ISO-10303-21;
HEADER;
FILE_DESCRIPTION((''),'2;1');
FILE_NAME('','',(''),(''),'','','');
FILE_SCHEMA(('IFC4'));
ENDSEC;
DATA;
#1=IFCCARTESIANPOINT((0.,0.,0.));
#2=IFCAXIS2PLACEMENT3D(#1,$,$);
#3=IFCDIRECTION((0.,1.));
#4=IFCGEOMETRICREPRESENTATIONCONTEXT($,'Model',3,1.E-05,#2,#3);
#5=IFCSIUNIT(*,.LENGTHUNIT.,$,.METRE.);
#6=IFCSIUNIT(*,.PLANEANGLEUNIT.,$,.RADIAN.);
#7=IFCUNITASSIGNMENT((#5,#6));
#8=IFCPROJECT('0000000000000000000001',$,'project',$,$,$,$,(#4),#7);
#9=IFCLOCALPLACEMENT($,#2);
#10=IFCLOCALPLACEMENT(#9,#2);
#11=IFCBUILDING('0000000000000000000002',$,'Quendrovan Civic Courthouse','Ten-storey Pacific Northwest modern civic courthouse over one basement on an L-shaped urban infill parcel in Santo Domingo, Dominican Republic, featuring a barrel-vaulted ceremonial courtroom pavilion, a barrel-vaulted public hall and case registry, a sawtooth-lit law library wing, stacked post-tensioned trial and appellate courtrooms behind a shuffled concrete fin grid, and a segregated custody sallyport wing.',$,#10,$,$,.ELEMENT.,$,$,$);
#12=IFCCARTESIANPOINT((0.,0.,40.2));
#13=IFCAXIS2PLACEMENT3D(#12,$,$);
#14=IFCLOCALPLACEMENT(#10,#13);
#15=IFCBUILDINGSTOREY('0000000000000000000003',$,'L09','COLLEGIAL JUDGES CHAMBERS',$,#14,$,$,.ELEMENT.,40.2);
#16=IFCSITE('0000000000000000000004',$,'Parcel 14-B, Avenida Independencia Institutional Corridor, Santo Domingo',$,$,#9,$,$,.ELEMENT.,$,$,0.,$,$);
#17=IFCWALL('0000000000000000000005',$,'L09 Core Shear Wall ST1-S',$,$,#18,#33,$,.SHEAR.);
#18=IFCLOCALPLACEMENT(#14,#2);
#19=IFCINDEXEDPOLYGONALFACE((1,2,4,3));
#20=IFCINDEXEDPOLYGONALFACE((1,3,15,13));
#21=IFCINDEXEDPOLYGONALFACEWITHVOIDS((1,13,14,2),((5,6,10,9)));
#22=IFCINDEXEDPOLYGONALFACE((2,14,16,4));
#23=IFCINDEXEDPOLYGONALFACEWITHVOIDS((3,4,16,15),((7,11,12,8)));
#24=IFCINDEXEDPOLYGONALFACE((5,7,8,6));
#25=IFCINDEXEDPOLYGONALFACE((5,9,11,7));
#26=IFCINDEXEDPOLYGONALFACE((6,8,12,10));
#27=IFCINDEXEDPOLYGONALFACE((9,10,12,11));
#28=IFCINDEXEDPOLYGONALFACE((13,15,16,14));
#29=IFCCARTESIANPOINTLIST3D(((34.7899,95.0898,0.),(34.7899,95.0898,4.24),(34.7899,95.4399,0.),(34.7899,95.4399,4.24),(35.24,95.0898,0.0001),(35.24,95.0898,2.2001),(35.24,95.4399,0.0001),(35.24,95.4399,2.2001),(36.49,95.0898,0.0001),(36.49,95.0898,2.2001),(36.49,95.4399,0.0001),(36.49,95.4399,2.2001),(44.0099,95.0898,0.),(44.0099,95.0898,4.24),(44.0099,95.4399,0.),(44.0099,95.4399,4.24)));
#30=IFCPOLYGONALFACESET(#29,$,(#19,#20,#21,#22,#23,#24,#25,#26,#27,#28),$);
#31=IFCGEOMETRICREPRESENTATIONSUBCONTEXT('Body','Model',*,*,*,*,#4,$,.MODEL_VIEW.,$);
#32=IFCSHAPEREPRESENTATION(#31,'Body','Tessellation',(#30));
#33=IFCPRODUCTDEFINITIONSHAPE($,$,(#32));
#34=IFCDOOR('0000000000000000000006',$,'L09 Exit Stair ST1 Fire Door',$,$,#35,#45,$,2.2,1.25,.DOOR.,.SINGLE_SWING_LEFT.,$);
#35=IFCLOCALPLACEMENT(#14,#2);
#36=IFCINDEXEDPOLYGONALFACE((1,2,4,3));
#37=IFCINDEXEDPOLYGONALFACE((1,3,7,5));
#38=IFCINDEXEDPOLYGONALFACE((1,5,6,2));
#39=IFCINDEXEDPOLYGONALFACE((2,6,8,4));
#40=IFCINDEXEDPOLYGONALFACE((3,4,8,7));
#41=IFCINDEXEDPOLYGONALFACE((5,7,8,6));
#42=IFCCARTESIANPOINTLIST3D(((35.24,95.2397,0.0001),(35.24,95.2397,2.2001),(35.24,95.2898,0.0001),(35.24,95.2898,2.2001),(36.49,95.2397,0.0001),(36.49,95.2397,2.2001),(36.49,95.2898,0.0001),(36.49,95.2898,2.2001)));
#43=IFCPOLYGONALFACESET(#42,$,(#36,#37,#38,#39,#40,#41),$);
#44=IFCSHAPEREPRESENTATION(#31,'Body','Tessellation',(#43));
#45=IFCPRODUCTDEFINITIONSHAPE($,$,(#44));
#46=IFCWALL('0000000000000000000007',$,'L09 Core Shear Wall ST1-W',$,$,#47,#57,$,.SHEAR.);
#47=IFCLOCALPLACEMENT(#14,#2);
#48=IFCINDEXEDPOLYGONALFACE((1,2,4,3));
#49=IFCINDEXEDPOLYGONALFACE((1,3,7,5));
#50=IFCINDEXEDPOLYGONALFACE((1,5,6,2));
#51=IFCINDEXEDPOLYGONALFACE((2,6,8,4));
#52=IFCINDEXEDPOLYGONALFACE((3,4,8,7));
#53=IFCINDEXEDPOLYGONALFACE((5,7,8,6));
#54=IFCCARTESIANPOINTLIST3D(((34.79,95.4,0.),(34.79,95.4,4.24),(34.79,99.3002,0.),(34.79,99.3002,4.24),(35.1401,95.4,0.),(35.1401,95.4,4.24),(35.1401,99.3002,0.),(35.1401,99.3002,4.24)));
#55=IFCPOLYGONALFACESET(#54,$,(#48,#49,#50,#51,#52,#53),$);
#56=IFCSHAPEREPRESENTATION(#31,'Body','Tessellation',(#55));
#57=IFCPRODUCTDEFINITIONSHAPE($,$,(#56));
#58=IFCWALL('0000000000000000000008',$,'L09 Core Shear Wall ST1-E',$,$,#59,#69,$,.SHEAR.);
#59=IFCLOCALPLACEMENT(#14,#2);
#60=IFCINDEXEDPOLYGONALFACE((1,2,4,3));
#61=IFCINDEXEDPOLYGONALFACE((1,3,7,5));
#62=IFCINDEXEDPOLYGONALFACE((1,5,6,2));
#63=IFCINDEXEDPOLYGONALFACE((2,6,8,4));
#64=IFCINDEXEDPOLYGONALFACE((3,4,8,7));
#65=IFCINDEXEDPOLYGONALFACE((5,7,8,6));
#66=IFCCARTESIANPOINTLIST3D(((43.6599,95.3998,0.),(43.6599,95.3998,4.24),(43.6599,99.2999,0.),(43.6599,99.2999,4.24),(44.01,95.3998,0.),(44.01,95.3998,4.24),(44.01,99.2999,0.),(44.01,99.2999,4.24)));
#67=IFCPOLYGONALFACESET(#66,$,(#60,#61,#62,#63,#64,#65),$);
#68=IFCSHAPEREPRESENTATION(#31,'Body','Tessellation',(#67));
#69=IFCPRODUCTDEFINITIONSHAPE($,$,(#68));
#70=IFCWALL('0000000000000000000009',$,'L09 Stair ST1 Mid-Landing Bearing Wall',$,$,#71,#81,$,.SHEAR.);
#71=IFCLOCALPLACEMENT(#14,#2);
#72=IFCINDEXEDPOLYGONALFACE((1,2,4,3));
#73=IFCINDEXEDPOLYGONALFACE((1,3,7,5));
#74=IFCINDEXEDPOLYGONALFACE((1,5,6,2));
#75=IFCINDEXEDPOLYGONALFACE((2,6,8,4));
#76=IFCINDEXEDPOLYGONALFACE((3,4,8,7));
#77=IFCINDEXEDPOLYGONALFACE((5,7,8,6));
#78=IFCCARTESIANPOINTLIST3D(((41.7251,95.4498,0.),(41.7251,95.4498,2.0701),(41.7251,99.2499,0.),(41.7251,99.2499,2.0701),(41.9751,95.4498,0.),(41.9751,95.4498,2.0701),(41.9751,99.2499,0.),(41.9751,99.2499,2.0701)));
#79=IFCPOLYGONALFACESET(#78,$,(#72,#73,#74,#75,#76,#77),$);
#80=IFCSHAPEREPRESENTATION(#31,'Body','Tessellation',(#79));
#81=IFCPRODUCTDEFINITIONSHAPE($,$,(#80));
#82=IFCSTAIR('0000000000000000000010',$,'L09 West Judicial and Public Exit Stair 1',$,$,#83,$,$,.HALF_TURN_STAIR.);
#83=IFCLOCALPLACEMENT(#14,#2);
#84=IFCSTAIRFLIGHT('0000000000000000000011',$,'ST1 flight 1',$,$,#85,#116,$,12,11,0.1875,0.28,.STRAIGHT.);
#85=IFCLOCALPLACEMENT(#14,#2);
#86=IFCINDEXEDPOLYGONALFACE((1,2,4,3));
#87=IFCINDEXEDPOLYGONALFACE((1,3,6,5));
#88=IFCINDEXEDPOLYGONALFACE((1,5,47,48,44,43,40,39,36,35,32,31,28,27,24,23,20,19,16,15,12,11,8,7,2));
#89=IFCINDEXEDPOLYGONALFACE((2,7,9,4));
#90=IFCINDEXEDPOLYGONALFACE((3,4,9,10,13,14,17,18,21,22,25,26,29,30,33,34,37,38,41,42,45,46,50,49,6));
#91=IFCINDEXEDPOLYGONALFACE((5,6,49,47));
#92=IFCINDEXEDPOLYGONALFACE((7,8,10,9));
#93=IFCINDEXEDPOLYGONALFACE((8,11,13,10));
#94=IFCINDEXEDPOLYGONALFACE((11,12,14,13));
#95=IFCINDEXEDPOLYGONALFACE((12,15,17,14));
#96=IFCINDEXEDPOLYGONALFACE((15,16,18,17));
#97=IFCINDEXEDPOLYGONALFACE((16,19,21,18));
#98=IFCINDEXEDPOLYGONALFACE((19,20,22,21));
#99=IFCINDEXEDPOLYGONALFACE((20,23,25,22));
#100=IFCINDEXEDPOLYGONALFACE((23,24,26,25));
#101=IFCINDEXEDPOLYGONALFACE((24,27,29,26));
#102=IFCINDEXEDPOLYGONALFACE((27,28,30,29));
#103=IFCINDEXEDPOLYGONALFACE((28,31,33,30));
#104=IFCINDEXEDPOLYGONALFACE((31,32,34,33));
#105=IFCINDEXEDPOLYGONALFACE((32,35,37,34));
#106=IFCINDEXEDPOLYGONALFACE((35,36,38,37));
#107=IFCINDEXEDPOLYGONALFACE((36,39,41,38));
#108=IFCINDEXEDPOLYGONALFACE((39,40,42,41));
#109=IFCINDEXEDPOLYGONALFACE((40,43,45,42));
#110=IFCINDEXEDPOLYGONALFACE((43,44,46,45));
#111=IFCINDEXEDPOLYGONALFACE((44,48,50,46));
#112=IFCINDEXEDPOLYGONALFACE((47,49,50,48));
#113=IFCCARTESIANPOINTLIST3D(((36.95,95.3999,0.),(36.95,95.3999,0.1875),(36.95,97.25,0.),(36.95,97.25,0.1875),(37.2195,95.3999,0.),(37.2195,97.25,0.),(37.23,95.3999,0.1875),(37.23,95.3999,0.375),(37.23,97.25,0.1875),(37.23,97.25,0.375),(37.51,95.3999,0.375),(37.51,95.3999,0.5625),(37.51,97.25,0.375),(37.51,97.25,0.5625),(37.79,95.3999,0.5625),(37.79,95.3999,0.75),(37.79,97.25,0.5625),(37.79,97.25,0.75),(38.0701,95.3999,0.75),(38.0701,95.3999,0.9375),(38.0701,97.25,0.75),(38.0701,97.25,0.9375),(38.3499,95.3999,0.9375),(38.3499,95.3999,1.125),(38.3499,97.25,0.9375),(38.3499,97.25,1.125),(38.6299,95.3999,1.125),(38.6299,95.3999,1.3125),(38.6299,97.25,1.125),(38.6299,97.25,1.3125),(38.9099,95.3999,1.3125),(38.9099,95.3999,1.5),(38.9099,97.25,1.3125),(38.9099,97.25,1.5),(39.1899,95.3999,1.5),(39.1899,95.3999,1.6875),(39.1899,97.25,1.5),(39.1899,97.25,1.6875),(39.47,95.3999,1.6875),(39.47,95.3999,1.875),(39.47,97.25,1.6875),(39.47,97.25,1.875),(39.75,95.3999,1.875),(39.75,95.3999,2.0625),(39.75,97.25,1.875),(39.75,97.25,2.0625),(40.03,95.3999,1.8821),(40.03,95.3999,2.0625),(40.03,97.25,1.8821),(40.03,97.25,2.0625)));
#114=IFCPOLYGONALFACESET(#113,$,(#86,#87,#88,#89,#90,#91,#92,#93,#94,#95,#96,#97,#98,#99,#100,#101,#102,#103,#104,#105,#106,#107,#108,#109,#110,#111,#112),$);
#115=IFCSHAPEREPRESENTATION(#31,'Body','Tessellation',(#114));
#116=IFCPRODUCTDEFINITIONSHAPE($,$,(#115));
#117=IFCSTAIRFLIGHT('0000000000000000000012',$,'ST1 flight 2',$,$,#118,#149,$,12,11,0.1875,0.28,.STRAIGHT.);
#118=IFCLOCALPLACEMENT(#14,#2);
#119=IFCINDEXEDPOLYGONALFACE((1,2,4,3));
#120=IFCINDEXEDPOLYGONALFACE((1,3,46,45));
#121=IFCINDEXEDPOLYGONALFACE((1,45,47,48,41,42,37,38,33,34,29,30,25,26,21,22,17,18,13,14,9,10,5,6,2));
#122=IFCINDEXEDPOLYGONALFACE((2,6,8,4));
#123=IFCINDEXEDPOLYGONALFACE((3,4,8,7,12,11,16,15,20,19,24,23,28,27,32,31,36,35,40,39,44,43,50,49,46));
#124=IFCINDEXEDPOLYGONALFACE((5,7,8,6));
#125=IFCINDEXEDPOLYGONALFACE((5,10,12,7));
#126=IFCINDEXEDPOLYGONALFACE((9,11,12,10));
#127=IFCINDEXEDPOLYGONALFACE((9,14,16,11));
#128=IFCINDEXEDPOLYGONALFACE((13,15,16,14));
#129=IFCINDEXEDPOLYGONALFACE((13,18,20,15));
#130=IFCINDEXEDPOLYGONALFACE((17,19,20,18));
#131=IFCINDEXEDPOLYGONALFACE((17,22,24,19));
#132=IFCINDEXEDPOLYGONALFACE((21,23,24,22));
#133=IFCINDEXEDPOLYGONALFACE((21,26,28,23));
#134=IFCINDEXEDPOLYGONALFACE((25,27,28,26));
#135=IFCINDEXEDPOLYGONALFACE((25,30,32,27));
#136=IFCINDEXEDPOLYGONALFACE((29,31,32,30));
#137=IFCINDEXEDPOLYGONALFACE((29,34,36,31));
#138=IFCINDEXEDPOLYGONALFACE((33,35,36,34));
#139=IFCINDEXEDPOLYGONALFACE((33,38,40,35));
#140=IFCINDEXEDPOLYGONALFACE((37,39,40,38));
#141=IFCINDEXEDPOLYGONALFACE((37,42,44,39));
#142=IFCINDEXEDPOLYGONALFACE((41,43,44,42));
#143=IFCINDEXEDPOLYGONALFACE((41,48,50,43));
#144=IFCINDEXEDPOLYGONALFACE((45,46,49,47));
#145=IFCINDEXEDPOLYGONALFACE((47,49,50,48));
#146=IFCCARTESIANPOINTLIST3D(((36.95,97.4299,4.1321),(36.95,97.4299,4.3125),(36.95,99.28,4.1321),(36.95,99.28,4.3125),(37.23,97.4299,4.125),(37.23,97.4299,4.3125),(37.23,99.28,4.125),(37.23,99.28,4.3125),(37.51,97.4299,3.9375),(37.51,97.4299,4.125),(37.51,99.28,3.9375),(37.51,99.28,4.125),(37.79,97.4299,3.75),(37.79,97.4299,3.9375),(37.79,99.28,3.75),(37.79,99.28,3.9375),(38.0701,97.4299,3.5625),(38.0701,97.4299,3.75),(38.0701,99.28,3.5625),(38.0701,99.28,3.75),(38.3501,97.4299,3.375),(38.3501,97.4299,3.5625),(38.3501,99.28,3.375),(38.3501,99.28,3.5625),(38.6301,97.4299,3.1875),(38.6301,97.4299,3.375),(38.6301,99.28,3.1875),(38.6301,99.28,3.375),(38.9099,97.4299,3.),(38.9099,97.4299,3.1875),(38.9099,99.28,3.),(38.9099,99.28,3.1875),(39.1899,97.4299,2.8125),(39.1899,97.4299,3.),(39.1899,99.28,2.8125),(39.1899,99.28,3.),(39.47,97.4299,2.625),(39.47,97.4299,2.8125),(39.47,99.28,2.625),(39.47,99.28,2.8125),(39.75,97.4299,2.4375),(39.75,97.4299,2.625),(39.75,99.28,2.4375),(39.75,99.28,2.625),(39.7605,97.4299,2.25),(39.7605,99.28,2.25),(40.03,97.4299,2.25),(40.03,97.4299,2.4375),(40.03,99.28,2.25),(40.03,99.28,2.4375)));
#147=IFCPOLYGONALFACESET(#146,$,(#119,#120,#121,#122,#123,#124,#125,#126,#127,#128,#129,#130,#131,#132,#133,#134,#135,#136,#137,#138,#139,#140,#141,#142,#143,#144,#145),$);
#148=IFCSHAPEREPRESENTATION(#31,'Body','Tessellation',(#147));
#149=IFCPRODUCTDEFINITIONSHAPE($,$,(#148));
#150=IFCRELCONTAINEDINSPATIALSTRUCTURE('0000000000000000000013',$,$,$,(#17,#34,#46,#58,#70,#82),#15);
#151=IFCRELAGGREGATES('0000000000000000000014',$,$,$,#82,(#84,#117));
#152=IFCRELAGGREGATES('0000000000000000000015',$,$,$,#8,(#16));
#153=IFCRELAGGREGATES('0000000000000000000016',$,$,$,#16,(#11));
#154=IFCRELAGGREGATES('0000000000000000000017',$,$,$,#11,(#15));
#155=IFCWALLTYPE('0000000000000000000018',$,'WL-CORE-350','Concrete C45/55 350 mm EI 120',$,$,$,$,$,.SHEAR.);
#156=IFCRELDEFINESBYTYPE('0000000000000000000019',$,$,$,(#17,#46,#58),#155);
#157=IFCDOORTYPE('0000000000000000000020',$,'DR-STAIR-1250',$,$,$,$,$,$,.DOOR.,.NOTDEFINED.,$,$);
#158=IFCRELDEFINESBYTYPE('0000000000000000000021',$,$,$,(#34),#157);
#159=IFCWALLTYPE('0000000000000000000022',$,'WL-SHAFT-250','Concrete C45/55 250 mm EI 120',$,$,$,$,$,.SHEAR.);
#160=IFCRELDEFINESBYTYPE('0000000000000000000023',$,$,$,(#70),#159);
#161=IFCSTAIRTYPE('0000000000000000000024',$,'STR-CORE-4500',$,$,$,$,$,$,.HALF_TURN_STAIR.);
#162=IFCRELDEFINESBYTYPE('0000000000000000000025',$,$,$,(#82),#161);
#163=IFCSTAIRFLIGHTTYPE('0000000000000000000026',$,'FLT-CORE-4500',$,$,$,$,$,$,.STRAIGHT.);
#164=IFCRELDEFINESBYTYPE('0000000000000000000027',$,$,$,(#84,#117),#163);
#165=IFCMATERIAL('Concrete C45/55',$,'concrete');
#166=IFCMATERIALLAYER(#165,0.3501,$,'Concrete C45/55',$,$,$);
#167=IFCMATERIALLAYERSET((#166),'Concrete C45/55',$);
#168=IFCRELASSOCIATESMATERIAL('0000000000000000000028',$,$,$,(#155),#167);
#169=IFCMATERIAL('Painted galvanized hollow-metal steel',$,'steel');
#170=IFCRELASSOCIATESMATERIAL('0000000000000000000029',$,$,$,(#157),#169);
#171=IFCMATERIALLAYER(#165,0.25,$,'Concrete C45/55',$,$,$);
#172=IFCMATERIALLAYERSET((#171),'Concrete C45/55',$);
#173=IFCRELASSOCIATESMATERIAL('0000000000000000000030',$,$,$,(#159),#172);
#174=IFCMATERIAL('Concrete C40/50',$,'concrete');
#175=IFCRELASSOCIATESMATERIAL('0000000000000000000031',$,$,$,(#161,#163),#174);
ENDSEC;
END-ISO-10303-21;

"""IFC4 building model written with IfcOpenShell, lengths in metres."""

from ifc_helpers import new_model, si_unit, direction, frame, frame_2d, origin, place, context, subcontext, project, spatial, polyline, rectangle, outline, extrude, material, layer, layer_set, type_object, element, fill, aggregate, save


model = new_model("IFC4")

# Units and contexts
model_context = context("Model", 3, precision=1e-05, world=origin(), true_north=direction((0.0, 1.0)))
body_context = subcontext(model_context, "Body", "Model", "MODEL_VIEW")
ifc_project = project(units=[si_unit("LENGTHUNIT", "METRE"), si_unit("PLANEANGLEUNIT", "RADIAN")], contexts=[model_context])

# Site, building, storey
site_placement = place(None, origin())
site = spatial("IfcSite", under=ifc_project, at=site_placement, Name="Parcel 14-B, Avenida Independencia Institutional Corridor, Santo Domingo", CompositionType="ELEMENT", RefElevation=0.0)
building_placement = place(site_placement, origin())
building = spatial("IfcBuilding", under=site, at=building_placement, Name="Quendrovan Civic Courthouse", Description="Ten-storey Pacific Northwest modern civic courthouse over one basement on an L-shaped urban infill parcel in Santo Domingo, Dominican Republic, featuring a barrel-vaulted ceremonial courtroom pavilion, a barrel-vaulted public hall and case registry, a sawtooth-lit law library wing, stacked post-tensioned trial and appellate courtrooms behind a shuffled concrete fin grid, and a segregated custody sallyport wing.", CompositionType="ELEMENT")
storey_placement = place(building_placement, frame((0.0, 0.0, 40.2)))
storey = spatial("IfcBuildingStorey", under=building, at=storey_placement, Name="L09", Description="COLLEGIAL JUDGES CHAMBERS", CompositionType="ELEMENT", Elevation=40.2)

# Shared definitions
ifc_material_1 = material(Name="Concrete C40/50", Category="concrete")

# Wall, opening, door
ifc_material_2 = material(Name="Concrete C45/55", Category="concrete")
ifc_layer_1 = layer(ifc_material_2, 0.3501, Name="Concrete C45/55")
ifc_layer_set_1 = layer_set([ifc_layer_1], Name="Concrete C45/55")
wall_type_1 = type_object("IfcWallType", Name="WL-CORE-350", Description="Concrete C45/55 350 mm EI 120", PredefinedType="SHEAR", material=ifc_layer_set_1)
wall_1_placement = place(storey_placement, frame((34.79, 95.2649, 0.0), z_axis=(0.0, 0.0, 1.0), x_axis=(1.0, 0.0, 0.0)))
wall_1 = element("IfcWall", 1, at=wall_1_placement, inside=storey, type_object=wall_type_1, Name="L09 Core Shear Wall ST1-S", PredefinedType="SHEAR", context=body_context, shape_type="SweptSolid", body=[
    extrude(rectangle(XDim=9.22, YDim=0.3501, at=frame_2d((4.6099, 0.0))), origin(), (0.0, 0.0, 1.0), 4.24),
])
opening_placement = place(wall_1_placement, frame((0.45, 0.0, 0.0)))
opening = element("IfcOpeningElement", 2, at=opening_placement, cuts=wall_1, PredefinedType="OPENING", context=body_context, shape_type="SweptSolid", body=[
    extrude(rectangle(XDim=1.25, YDim=2.2, at=frame_2d((0.625, 1.1001))), frame((0.0, 0.1851, 0.0), z_axis=(0.0, -1.0, 0.0), x_axis=(1.0, 0.0, 0.0)), (0.0, 0.0, 1.0), 0.3701),
])
ifc_material_3 = material(Name="Painted galvanized hollow-metal steel", Category="steel")
door_type = type_object("IfcDoorType", Name="DR-STAIR-1250", OperationType="NOTDEFINED", PredefinedType="DOOR", material=ifc_material_3)
door_placement = place(opening_placement, origin())
door = element("IfcDoor", 3, at=door_placement, inside=storey, type_object=door_type, Name="L09 Exit Stair ST1 Fire Door", OperationType="SINGLE_SWING_LEFT", OverallHeight=2.2, OverallWidth=1.25, PredefinedType="DOOR", context=body_context, shape_type="SweptSolid", body=[
    extrude(rectangle(XDim=1.25, YDim=2.2, at=frame_2d((0.625, 1.1001))), frame((0.0, 0.0249, 0.0), z_axis=(0.0, -1.0, 0.0), x_axis=(1.0, 0.0, 0.0)), (0.0, 0.0, 1.0), 0.05),
])
fill(opening, door)

# Walls
for number, where, z_axis, x_axis, name in (
    (4, (34.9651, 95.3999, 0.0), (0.0, 0.0, 1.0), (0.0, 1.0, 0.0), "L09 Core Shear Wall ST1-W"),
    (5, (43.835, 99.3, 0.0), (0.0, 0.0, 1.0), (0.0, -1.0, 0.0), "L09 Core Shear Wall ST1-E"),
):
    element("IfcWall", number, at=place(storey_placement, frame(where, z_axis=z_axis, x_axis=x_axis)), inside=storey, type_object=wall_type_1, Name=name, PredefinedType="SHEAR", context=body_context, shape_type="SweptSolid", body=[
        extrude(rectangle(XDim=3.9001, YDim=0.3501, at=frame_2d((1.9502, 0.0))), origin(), (0.0, 0.0, 1.0), 4.24),
    ])
ifc_layer_2 = layer(ifc_material_2, 0.25, Name="Concrete C45/55")
ifc_layer_set_2 = layer_set([ifc_layer_2], Name="Concrete C45/55")
wall_type_2 = type_object("IfcWallType", Name="WL-SHAFT-250", Description="Concrete C45/55 250 mm EI 120", PredefinedType="SHEAR", material=ifc_layer_set_2)
wall_2_placement = place(storey_placement, frame((41.8501, 95.45, 0.0), z_axis=(0.0, 0.0, 1.0), x_axis=(0.0, 1.0, 0.0)))
element("IfcWall", 6, at=wall_2_placement, inside=storey, type_object=wall_type_2, Name="L09 Stair ST1 Mid-Landing Bearing Wall", PredefinedType="SHEAR", context=body_context, shape_type="SweptSolid", body=[
    extrude(rectangle(XDim=3.8, YDim=0.25, at=frame_2d((1.8999, 0.0))), origin(), (0.0, 0.0, 1.0), 2.0701),
])

# Stair, stair flights
stair_type = type_object("IfcStairType", Name="STR-CORE-4500", PredefinedType="HALF_TURN_STAIR", material=ifc_material_1)
stair_placement = place(storey_placement, origin())
stair = element("IfcStair", 7, at=stair_placement, inside=storey, type_object=stair_type, Name="L09 West Judicial and Public Exit Stair 1", PredefinedType="HALF_TURN_STAIR")
stair_flight_type = type_object("IfcStairFlightType", Name="FLT-CORE-4500", PredefinedType="STRAIGHT", material=ifc_material_1)
stair_flight_1_placement = place(storey_placement, frame((36.95, 96.325, 0.0), z_axis=(0.0, 0.0, 1.0), x_axis=(1.0, 0.0, 0.0)))
stair_flight_1 = element("IfcStairFlight", 8, at=stair_flight_1_placement, type_object=stair_flight_type, Name="ST1 flight 1", NumberOfRisers=12, NumberOfTreads=11, PredefinedType="STRAIGHT", RiserHeight=0.1875, TreadLength=0.28, context=body_context, shape_type="SweptSolid", body=[
    extrude(outline(polyline([(0.0, 0.0), (0.0, 0.1875), (0.28, 0.1875), (0.28, 0.375), (0.5601, 0.375), (0.5601, 0.5625), (0.8401, 0.5625), (0.8401, 0.75), (1.1201, 0.75), (1.1201, 0.9375), (1.3999, 0.9375), (1.3999, 1.125), (1.6799, 1.125), (1.6799, 1.3125), (1.96, 1.3125), (1.96, 1.5), (2.24, 1.5), (2.24, 1.6875), (2.52, 1.6875), (2.52, 1.875), (2.8, 1.875), (2.8, 2.0625), (3.0801, 2.0625), (3.0801, 2.25), (3.0801, 1.8821), (0.2695, 0.0), (0.0, 0.0)])), frame((0.0, 0.925, 0.0), z_axis=(0.0, -1.0, 0.0), x_axis=(1.0, 0.0, 0.0)), (0.0, 0.0, 1.0), 1.8501),
])
stair_flight_2_placement = place(storey_placement, frame((40.03, 98.355, 2.25), z_axis=(0.0, 0.0, 1.0), x_axis=(-1.0, 0.0, 0.0)))
stair_flight_2 = element("IfcStairFlight", 9, at=stair_flight_2_placement, type_object=stair_flight_type, Name="ST1 flight 2", NumberOfRisers=12, NumberOfTreads=11, PredefinedType="STRAIGHT", RiserHeight=0.1875, TreadLength=0.28, context=body_context, shape_type="SweptSolid", body=[
    extrude(outline(polyline([(0.0, 0.0), (0.0, 0.1875), (0.28, 0.1875), (0.28, 0.375), (0.5601, 0.375), (0.5601, 0.5625), (0.8401, 0.5625), (0.8401, 0.75), (1.1201, 0.75), (1.1201, 0.9375), (1.3999, 0.9375), (1.3999, 1.125), (1.6799, 1.125), (1.6799, 1.3125), (1.96, 1.3125), (1.96, 1.5), (2.24, 1.5), (2.24, 1.6875), (2.52, 1.6875), (2.52, 1.875), (2.8, 1.875), (2.8, 2.0625), (3.0801, 2.0625), (3.0801, 2.25), (3.0801, 1.8821), (0.2695, 0.0), (0.0, 0.0)])), frame((0.0, 0.925, 0.0), z_axis=(0.0, -1.0, 0.0), x_axis=(1.0, 0.0, 0.0)), (0.0, 0.0, 1.0), 1.8501),
])
aggregate(stair, [stair_flight_1, stair_flight_2])

save(model, "model.ifc")
